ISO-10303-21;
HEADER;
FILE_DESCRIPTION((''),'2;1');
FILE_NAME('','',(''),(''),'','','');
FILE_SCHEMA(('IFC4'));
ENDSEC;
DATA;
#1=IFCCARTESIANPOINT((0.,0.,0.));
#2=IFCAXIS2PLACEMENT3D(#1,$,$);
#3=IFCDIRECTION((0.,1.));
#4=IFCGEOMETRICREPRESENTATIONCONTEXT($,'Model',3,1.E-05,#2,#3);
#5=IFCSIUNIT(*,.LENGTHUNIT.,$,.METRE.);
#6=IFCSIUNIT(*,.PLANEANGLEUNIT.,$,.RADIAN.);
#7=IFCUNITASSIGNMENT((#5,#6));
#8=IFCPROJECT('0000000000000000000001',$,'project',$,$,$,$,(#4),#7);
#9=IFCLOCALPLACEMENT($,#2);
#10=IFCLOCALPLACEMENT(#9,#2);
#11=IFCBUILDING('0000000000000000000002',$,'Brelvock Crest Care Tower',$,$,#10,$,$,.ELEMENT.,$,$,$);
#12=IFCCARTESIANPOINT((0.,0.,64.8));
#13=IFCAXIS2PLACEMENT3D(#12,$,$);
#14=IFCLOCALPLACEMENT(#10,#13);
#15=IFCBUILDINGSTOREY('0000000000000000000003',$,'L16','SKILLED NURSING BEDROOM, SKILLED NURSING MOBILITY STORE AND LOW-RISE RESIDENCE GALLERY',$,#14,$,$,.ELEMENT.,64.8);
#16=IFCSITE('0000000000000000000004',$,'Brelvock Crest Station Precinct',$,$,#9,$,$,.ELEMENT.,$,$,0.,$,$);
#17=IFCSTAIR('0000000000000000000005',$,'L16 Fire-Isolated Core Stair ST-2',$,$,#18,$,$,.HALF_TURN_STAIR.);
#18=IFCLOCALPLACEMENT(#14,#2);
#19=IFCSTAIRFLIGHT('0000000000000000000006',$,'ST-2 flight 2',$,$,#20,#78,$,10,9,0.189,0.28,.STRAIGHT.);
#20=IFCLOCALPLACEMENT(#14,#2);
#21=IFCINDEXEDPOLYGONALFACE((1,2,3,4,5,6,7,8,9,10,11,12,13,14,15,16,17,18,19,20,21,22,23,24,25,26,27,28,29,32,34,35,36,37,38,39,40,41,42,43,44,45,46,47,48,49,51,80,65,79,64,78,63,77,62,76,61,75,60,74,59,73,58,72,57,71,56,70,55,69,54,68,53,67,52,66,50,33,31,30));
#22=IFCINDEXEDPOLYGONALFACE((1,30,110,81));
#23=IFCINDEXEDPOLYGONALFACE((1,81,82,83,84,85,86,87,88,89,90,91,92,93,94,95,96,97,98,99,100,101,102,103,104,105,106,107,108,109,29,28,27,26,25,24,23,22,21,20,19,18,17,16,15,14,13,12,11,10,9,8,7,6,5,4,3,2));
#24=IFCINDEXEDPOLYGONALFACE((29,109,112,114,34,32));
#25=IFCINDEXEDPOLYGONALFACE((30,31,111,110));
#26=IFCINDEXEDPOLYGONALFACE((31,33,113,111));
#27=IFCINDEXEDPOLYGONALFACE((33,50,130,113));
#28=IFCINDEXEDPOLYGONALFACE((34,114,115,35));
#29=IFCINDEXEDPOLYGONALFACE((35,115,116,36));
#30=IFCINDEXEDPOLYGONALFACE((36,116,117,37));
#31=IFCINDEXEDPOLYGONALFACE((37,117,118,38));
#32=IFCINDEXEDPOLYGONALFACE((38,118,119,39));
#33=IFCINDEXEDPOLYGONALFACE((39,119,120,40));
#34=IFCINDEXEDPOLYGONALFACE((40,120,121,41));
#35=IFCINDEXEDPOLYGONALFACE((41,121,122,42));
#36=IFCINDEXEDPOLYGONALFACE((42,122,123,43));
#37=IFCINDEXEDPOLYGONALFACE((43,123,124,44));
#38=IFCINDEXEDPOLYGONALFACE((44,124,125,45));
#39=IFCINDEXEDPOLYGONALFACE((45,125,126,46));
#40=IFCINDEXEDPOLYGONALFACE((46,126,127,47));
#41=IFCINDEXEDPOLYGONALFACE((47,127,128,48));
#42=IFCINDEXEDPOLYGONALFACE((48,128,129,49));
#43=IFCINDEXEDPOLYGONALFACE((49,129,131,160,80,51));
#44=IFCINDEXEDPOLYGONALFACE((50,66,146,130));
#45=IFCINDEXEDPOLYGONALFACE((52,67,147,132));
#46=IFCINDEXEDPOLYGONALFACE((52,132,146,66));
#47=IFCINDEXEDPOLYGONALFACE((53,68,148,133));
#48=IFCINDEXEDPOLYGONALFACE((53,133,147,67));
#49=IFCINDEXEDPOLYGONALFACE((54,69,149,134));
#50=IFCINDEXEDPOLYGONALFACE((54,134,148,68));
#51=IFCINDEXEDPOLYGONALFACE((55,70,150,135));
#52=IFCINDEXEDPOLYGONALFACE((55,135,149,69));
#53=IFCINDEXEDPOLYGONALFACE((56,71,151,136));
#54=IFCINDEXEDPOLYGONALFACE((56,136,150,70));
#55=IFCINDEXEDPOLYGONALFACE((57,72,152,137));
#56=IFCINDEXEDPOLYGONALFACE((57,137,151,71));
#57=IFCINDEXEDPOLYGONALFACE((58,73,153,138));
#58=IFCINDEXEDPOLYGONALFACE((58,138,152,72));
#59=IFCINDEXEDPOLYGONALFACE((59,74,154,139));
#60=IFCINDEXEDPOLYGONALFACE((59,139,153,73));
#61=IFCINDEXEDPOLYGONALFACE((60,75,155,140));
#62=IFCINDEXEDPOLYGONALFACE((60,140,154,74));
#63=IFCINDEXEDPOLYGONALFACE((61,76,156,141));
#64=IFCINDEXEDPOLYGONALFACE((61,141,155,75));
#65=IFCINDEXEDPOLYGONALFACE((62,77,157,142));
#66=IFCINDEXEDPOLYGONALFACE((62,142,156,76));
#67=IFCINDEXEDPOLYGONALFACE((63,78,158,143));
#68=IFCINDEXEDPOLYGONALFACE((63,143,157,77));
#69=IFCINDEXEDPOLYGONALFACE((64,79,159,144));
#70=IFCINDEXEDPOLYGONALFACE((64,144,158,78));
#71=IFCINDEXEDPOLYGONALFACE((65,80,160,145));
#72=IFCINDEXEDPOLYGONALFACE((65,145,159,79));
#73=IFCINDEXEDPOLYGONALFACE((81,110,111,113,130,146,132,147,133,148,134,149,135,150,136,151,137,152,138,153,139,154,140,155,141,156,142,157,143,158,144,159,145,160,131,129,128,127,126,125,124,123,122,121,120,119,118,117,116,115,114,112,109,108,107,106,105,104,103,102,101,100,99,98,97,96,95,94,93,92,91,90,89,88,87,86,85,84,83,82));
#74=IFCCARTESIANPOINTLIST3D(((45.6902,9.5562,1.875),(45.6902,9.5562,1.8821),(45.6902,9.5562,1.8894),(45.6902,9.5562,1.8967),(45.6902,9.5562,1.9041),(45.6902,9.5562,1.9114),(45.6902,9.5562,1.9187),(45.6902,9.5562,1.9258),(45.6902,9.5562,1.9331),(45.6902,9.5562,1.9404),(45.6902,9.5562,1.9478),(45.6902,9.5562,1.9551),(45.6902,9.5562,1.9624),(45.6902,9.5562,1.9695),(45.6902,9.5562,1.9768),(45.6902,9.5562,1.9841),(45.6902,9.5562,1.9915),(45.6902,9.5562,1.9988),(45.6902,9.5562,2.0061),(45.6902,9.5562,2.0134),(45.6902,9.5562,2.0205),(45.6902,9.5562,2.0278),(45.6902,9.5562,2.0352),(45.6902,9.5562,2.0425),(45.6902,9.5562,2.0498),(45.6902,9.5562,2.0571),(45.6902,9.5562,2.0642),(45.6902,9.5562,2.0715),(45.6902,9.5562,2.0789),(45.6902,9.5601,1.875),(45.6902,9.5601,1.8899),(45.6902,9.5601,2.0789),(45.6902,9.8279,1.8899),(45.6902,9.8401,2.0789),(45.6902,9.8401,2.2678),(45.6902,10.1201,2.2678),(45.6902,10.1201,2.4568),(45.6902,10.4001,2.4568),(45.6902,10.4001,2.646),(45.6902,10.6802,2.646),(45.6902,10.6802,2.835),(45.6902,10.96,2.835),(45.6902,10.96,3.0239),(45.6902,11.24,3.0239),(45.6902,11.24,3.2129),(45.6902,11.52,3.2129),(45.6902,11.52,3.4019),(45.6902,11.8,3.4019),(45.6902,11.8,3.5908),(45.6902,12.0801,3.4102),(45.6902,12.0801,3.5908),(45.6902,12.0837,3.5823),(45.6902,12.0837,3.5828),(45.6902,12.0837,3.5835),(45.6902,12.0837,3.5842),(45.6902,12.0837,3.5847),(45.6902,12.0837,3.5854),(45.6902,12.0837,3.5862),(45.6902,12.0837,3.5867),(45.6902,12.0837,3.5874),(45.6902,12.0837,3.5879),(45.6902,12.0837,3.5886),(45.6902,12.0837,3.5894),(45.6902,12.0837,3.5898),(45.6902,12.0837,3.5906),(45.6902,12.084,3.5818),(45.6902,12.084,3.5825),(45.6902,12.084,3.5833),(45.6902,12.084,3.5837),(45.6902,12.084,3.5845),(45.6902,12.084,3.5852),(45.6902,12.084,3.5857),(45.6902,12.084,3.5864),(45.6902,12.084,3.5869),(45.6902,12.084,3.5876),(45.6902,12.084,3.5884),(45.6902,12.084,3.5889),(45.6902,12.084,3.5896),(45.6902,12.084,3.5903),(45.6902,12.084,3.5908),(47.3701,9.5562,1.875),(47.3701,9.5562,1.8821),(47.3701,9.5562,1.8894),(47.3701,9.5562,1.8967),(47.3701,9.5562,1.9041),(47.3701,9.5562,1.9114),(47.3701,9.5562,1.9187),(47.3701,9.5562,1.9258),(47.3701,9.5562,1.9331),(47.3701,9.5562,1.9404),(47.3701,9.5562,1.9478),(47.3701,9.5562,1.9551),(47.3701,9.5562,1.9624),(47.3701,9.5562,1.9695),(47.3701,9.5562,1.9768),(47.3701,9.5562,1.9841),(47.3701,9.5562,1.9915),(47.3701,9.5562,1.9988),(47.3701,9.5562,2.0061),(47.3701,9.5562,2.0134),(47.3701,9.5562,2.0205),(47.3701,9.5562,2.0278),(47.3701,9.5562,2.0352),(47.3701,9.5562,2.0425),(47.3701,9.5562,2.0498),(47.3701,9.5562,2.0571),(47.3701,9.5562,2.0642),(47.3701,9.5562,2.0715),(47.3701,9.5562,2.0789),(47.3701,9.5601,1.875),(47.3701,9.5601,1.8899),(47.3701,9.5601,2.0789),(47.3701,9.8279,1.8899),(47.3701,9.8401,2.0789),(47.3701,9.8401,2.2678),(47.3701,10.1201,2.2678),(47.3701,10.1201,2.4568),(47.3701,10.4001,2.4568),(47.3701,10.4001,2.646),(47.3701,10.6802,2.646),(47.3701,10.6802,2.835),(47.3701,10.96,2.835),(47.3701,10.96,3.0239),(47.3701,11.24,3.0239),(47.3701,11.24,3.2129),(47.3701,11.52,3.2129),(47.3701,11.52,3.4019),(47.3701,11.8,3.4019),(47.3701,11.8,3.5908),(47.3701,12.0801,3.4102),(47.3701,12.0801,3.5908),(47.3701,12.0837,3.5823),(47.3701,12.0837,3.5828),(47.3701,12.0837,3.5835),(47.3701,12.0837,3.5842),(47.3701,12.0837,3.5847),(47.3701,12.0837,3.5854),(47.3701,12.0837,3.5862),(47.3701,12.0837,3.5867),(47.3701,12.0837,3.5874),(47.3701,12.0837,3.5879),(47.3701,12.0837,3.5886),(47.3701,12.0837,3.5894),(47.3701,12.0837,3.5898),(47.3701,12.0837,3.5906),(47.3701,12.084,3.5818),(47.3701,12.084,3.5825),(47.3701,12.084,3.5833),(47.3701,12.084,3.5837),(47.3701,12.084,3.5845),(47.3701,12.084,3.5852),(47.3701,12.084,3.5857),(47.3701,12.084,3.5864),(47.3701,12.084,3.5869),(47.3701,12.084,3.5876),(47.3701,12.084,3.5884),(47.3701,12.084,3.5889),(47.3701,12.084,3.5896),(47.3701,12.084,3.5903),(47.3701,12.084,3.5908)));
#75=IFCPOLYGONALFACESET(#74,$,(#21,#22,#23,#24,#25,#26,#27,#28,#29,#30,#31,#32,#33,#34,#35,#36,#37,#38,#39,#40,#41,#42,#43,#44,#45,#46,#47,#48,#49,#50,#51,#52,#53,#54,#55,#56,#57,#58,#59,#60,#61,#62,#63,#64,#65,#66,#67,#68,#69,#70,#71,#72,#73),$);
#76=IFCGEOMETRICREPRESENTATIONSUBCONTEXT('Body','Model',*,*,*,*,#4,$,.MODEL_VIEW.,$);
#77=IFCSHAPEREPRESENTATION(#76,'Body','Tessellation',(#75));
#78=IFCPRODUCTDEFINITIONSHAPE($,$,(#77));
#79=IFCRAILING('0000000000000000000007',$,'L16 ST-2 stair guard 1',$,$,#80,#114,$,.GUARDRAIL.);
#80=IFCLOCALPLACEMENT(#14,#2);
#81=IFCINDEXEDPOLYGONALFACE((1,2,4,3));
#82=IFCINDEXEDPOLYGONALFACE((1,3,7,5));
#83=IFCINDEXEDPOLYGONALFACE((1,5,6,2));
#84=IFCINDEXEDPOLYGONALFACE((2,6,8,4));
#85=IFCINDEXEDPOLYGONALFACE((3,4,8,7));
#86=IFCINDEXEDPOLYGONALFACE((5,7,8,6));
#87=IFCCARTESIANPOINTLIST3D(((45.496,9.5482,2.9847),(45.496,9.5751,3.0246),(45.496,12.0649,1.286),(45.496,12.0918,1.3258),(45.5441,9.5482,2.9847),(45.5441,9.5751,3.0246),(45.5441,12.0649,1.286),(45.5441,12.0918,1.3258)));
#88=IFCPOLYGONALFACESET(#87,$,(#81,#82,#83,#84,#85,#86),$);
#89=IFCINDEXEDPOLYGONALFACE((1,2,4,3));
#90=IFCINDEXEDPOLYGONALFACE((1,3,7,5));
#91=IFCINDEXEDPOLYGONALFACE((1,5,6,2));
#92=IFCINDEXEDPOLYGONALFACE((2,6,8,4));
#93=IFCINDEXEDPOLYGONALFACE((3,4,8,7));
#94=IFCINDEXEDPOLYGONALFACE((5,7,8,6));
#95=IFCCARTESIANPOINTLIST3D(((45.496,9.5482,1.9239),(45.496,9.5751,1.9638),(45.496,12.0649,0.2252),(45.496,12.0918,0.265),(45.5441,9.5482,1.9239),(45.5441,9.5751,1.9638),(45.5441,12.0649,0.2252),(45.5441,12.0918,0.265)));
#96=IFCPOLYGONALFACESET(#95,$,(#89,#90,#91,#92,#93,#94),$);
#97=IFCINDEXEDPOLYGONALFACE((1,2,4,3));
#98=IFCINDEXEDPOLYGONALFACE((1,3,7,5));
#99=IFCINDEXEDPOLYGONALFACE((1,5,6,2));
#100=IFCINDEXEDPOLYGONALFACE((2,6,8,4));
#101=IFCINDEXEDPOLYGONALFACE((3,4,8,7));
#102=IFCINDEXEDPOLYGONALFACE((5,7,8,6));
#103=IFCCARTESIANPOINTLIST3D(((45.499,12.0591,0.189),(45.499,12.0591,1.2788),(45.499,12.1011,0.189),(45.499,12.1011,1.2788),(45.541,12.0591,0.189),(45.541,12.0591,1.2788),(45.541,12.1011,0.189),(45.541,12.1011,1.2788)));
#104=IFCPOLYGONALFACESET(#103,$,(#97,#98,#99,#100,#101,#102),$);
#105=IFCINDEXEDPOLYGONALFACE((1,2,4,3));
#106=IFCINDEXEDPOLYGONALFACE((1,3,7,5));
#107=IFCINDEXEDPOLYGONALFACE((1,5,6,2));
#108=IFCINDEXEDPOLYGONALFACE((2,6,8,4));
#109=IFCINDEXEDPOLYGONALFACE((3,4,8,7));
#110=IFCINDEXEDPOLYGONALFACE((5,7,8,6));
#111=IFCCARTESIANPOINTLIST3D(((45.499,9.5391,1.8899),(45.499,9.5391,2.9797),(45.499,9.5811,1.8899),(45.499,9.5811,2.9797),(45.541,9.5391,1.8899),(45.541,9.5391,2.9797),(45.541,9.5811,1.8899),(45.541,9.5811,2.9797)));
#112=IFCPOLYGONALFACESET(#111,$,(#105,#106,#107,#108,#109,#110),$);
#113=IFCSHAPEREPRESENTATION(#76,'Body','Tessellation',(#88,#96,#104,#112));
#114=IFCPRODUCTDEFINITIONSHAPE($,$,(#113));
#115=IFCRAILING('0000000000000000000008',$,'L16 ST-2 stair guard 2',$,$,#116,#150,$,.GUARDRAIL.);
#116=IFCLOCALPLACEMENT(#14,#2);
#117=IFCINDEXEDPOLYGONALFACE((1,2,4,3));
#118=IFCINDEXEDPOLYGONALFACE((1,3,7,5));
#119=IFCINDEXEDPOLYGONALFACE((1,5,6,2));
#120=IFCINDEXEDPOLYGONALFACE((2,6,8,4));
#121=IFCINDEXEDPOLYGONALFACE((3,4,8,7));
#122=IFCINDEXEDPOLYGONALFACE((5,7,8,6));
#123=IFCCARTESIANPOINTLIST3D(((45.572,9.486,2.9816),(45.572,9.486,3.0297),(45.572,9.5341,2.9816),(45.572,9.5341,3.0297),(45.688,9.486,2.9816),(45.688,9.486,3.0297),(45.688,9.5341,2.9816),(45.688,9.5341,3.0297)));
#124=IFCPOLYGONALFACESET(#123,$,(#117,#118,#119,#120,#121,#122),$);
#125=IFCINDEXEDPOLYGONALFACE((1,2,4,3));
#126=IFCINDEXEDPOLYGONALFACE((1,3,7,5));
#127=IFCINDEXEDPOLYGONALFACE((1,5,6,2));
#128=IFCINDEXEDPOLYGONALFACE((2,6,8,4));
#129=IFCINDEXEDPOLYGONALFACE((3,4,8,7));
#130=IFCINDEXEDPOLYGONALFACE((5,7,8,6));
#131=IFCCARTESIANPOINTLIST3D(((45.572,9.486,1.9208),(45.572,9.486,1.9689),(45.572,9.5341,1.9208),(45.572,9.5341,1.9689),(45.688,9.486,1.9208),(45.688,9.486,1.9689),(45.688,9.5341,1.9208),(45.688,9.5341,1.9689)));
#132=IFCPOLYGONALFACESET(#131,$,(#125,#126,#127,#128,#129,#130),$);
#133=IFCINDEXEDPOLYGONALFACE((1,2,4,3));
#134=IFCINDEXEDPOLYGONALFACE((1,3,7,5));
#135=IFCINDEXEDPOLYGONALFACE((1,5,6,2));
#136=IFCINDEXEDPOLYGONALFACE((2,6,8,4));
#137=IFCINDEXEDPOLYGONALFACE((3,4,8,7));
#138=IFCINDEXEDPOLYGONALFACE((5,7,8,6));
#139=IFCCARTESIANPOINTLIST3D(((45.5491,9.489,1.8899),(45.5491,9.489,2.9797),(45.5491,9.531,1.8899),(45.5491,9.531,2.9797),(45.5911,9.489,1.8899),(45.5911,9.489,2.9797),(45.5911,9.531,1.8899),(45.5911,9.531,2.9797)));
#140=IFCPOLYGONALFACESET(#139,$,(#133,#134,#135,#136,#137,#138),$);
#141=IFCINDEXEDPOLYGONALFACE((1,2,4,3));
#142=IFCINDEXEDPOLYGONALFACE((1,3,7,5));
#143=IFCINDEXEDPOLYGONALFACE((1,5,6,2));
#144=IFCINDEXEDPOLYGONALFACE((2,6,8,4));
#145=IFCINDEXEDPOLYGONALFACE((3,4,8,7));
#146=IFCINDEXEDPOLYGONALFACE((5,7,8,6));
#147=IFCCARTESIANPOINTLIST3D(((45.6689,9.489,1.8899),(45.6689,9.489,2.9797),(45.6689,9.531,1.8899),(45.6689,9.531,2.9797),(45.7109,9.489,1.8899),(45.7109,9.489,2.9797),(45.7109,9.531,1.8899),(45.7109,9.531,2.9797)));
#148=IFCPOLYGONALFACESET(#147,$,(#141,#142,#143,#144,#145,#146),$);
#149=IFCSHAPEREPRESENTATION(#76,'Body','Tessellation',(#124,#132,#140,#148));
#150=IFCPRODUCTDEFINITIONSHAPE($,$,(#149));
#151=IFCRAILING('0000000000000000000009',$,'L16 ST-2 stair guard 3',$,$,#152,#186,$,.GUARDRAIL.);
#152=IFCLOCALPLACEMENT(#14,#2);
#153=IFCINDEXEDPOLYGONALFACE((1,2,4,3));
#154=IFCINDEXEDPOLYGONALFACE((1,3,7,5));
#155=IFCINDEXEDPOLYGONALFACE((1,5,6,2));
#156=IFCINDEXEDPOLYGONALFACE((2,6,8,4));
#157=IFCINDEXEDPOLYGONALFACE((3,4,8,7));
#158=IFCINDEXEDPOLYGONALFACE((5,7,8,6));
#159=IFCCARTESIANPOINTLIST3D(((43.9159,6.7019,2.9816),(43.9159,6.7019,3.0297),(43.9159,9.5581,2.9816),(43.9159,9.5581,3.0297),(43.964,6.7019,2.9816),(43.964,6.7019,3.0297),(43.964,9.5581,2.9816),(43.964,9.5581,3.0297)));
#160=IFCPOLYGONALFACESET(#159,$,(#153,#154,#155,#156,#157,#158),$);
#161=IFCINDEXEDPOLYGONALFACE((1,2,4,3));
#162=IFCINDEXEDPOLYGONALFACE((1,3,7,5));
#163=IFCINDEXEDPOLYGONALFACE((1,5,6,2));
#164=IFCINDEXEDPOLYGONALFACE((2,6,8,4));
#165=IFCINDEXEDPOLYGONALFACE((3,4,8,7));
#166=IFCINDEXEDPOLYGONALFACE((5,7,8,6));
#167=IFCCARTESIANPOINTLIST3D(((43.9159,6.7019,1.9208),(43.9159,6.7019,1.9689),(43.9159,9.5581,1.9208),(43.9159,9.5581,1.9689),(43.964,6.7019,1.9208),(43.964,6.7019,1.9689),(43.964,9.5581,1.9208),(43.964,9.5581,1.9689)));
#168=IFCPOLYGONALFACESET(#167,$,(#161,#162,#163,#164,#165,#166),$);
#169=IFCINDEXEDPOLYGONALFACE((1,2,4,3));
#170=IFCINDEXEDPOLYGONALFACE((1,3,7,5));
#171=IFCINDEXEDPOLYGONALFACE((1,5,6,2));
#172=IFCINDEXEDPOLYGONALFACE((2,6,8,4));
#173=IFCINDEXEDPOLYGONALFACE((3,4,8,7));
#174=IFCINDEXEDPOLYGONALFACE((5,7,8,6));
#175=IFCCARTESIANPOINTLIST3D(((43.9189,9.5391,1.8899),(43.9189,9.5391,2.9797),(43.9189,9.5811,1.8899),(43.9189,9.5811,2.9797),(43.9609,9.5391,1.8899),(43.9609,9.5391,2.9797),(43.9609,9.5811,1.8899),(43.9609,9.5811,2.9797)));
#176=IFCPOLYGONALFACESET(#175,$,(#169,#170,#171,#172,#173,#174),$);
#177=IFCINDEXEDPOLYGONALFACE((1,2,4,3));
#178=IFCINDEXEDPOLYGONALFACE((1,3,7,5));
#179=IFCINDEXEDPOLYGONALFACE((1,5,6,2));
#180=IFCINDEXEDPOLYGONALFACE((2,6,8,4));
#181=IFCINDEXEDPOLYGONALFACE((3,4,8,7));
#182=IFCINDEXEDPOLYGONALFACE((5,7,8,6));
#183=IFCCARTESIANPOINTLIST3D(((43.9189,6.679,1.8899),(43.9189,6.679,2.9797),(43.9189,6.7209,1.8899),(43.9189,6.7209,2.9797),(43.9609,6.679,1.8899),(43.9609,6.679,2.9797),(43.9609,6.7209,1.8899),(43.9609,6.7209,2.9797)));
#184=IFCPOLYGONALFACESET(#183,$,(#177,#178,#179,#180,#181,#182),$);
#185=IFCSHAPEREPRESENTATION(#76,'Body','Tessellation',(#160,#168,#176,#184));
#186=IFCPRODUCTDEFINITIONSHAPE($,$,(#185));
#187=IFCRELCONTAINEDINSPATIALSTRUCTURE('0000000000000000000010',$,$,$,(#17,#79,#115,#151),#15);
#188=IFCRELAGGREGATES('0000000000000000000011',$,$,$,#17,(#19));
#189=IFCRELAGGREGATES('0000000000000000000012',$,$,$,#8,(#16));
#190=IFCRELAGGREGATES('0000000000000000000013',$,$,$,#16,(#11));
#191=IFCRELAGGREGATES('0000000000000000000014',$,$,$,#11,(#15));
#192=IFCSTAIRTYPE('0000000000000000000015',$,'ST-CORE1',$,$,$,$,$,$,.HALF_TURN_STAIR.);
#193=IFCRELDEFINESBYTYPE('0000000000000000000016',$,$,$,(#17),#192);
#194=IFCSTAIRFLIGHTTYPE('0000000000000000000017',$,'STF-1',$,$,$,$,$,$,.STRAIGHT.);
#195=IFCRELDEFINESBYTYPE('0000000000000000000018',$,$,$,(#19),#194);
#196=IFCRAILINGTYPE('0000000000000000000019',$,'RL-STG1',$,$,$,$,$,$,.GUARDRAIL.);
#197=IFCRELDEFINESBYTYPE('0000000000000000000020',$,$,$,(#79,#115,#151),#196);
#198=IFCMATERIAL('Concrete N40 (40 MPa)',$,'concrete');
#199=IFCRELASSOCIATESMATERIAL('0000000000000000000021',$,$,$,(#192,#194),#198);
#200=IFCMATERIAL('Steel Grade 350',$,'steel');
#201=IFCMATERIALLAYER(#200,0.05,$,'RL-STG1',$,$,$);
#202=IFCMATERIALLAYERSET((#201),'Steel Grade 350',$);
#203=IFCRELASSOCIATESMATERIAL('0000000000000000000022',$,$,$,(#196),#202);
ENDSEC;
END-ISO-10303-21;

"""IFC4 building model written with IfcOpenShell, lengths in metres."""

from ifc_helpers import new_model, si_unit, direction, frame, origin, origin_2d, place, context, subcontext, project, spatial, polyline, rectangle, outline, extrude, material, layer, layer_set, type_object, element, aggregate, save


model = new_model("IFC4")

# Units and contexts
model_context = context("Model", 3, precision=1e-05, world=origin(), true_north=direction((0.0, 1.0)))
body_context = subcontext(model_context, "Body", "Model", "MODEL_VIEW")
ifc_project = project(units=[si_unit("LENGTHUNIT", "METRE"), si_unit("PLANEANGLEUNIT", "RADIAN")], contexts=[model_context])

# Site, building, storey
site_placement = place(None, origin())
site = spatial("IfcSite", under=ifc_project, at=site_placement, Name="Brelvock Crest Station Precinct", CompositionType="ELEMENT", RefElevation=0.0)
building_placement = place(site_placement, origin())
building = spatial("IfcBuilding", under=site, at=building_placement, Name="Brelvock Crest Care Tower", CompositionType="ELEMENT")
storey_placement = place(building_placement, frame((0.0, 0.0, 64.8)))
storey = spatial("IfcBuildingStorey", under=building, at=storey_placement, Name="L16", Description="SKILLED NURSING BEDROOM, SKILLED NURSING MOBILITY STORE AND LOW-RISE RESIDENCE GALLERY", CompositionType="ELEMENT", Elevation=64.8)

# Shared definitions
ifc_material_1 = material(Name="Steel Grade 350", Category="steel")

# Stair, stair flight
ifc_material_2 = material(Name="Concrete N40 (40 MPa)", Category="concrete")
stair_type = type_object("IfcStairType", Name="ST-CORE1", PredefinedType="HALF_TURN_STAIR", material=ifc_material_2)
stair_placement = place(storey_placement, origin())
stair = element("IfcStair", 1, at=stair_placement, inside=storey, type_object=stair_type, Name="L16 Fire-Isolated Core Stair ST-2", PredefinedType="HALF_TURN_STAIR")
stair_flight_type = type_object("IfcStairFlightType", Name="STF-1", PredefinedType="STRAIGHT", material=ifc_material_2)
stair_flight_1_placement = place(storey_placement, frame((46.53, 9.5601, 1.8899), z_axis=(0.0, 0.0, 1.0), x_axis=(0.0, 1.0, 0.0)))
stair_flight_1 = element("IfcStairFlight", 2, at=stair_flight_1_placement, type_object=stair_flight_type, Name="ST-2 flight 2", NumberOfRisers=10, NumberOfTreads=9, PredefinedType="STRAIGHT", RiserHeight=0.189, TreadLength=0.28, context=body_context, shape_type="SweptSolid", body=[
    extrude(outline(polyline([(-0.0039, -0.0149), (-0.0039, -0.0078), (-0.0039, -0.0005), (-0.0039, 0.0068), (-0.0039, 0.0142), (-0.0039, 0.0215), (-0.0039, 0.0288), (-0.0039, 0.0359), (-0.0039, 0.0432), (-0.0039, 0.0505), (-0.0039, 0.0579), (-0.0039, 0.0652), (-0.0039, 0.0725), (-0.0039, 0.0796), (-0.0039, 0.0869), (-0.0039, 0.0942), (-0.0039, 0.1016), (-0.0039, 0.1089), (-0.0039, 0.1162), (-0.0039, 0.1235), (-0.0039, 0.1306), (-0.0039, 0.1379), (-0.0039, 0.1453), (-0.0039, 0.1526), (-0.0039, 0.1599), (-0.0039, 0.1672), (-0.0039, 0.1743), (-0.0039, 0.1816), (-0.0039, 0.189), (0.0, 0.189), (0.28, 0.189), (0.28, 0.3779), (0.5601, 0.3779), (0.5601, 0.5669), (0.8401, 0.5669), (0.8401, 0.7561), (1.1201, 0.7561), (1.1201, 0.9451), (1.3999, 0.9451), (1.3999, 1.134), (1.6799, 1.134), (1.6799, 1.323), (1.96, 1.323), (1.96, 1.512), (2.24, 1.512), (2.24, 1.7009), (2.52, 1.7009), (2.5239, 1.7009), (2.5237, 1.7007), (2.5239, 1.7004), (2.5237, 1.7), (2.5239, 1.6997), (2.5237, 1.6995), (2.5239, 1.699), (2.5237, 1.6987), (2.5239, 1.6985), (2.5237, 1.698), (2.5239, 1.6978), (2.5237, 1.6975), (2.5239, 1.697), (2.5237, 1.6968), (2.5239, 1.6965), (2.5237, 1.6963), (2.5239, 1.6958), (2.5237, 1.6956), (2.5239, 1.6953), (2.5237, 1.6948), (2.5239, 1.6946), (2.5237, 1.6943), (2.5239, 1.6938), (2.5237, 1.6936), (2.5239, 1.6934), (2.5237, 1.6929), (2.5239, 1.6926), (2.5237, 1.6924), (2.5239, 1.6919), (2.52, 1.5203), (0.2678, 0.0), (0.0, 0.0), (0.0, -0.0149), (-0.0039, -0.0149)])), frame((0.0, 0.8398, 0.0), z_axis=(0.0, -1.0, 0.0), x_axis=(1.0, 0.0, 0.0)), (0.0, 0.0, 1.0), 1.6799),
])
aggregate(stair, [stair_flight_1])

# Railings
ifc_layer_1 = layer(ifc_material_1, 0.05, Name="RL-STG1")
ifc_layer_set_1 = layer_set([ifc_layer_1], Name="Steel Grade 350")
railing_type_1 = type_object("IfcRailingType", Name="RL-STG1", PredefinedType="GUARDRAIL", material=ifc_layer_set_1)
railing_1_placement = place(storey_placement, frame((45.52, 12.0801, 0.189)))
element("IfcRailing", 3, at=railing_1_placement, inside=storey, type_object=railing_type_1, Name="L16 ST-2 stair guard 1", PredefinedType="GUARDRAIL", context=body_context, shape_type="SweptSolid", body=[
    extrude(rectangle(XDim=0.0481, YDim=0.0481, at=origin_2d()), frame((0.0, -0.0017, 1.1169), z_axis=(0.0, -0.828862, 0.559454), x_axis=(1.0, 0.0, 0.0)), (0.0, 0.0, 1.0), 3.0364),
    extrude(rectangle(XDim=0.0481, YDim=0.0481, at=origin_2d()), frame((0.0, -0.0017, 0.0562), z_axis=(0.0, -0.828862, 0.559454), x_axis=(1.0, 0.0, 0.0)), (0.0, 0.0, 1.0), 3.0364),
    extrude(rectangle(XDim=0.042, YDim=0.042, at=origin_2d()), origin(), (0.0, 0.0, 1.0), 1.0898),
    extrude(rectangle(XDim=0.042, YDim=0.042, at=origin_2d()), frame((0.0, -2.52, 1.7009)), (0.0, 0.0, 1.0), 1.0898),
])
railing_2_placement = place(storey_placement, frame((45.5701, 9.51, 1.8899)))
element("IfcRailing", 4, at=railing_2_placement, inside=storey, type_object=railing_type_1, Name="L16 ST-2 stair guard 2", PredefinedType="GUARDRAIL", context=body_context, shape_type="SweptSolid", body=[
    extrude(rectangle(XDim=0.0481, YDim=0.0481, at=origin_2d()), frame((0.002, 0.0, 1.1157), z_axis=(1.0, 0.0, 0.0), x_axis=(0.0, 1.0, 0.0)), (0.0, 0.0, 1.0), 0.116),
    extrude(rectangle(XDim=0.0481, YDim=0.0481, at=origin_2d()), frame((0.002, 0.0, 0.0549), z_axis=(1.0, 0.0, 0.0), x_axis=(0.0, 1.0, 0.0)), (0.0, 0.0, 1.0), 0.116),
    extrude(rectangle(XDim=0.042, YDim=0.042, at=origin_2d()), origin(), (0.0, 0.0, 1.0), 1.0898),
    extrude(rectangle(XDim=0.042, YDim=0.042, at=origin_2d()), frame((0.1199, 0.0, 0.0)), (0.0, 0.0, 1.0), 1.0898),
])
for number, where, name in (
    (5, (43.9399, 9.5601, 1.8899), "L16 ST-2 stair guard 3"),
):
    element("IfcRailing", number, at=place(storey_placement, frame(where)), inside=storey, type_object=railing_type_1, Name=name, PredefinedType="GUARDRAIL", context=body_context, shape_type="SweptSolid", body=[
        extrude(rectangle(XDim=0.0481, YDim=0.0481, at=origin_2d()), frame((0.0, -0.002, 1.1157), z_axis=(0.0, -1.0, 0.0), x_axis=(1.0, 0.0, 0.0)), (0.0, 0.0, 1.0), 2.8562),
        extrude(rectangle(XDim=0.0481, YDim=0.0481, at=origin_2d()), frame((0.0, -0.002, 0.0549), z_axis=(0.0, -1.0, 0.0), x_axis=(1.0, 0.0, 0.0)), (0.0, 0.0, 1.0), 2.8562),
        extrude(rectangle(XDim=0.042, YDim=0.042, at=origin_2d()), origin(), (0.0, 0.0, 1.0), 1.0898),
        extrude(rectangle(XDim=0.042, YDim=0.042, at=origin_2d()), frame((0.0, -2.8601, 0.0)), (0.0, 0.0, 1.0), 1.0898),
    ])

save(model, "model.ifc")
